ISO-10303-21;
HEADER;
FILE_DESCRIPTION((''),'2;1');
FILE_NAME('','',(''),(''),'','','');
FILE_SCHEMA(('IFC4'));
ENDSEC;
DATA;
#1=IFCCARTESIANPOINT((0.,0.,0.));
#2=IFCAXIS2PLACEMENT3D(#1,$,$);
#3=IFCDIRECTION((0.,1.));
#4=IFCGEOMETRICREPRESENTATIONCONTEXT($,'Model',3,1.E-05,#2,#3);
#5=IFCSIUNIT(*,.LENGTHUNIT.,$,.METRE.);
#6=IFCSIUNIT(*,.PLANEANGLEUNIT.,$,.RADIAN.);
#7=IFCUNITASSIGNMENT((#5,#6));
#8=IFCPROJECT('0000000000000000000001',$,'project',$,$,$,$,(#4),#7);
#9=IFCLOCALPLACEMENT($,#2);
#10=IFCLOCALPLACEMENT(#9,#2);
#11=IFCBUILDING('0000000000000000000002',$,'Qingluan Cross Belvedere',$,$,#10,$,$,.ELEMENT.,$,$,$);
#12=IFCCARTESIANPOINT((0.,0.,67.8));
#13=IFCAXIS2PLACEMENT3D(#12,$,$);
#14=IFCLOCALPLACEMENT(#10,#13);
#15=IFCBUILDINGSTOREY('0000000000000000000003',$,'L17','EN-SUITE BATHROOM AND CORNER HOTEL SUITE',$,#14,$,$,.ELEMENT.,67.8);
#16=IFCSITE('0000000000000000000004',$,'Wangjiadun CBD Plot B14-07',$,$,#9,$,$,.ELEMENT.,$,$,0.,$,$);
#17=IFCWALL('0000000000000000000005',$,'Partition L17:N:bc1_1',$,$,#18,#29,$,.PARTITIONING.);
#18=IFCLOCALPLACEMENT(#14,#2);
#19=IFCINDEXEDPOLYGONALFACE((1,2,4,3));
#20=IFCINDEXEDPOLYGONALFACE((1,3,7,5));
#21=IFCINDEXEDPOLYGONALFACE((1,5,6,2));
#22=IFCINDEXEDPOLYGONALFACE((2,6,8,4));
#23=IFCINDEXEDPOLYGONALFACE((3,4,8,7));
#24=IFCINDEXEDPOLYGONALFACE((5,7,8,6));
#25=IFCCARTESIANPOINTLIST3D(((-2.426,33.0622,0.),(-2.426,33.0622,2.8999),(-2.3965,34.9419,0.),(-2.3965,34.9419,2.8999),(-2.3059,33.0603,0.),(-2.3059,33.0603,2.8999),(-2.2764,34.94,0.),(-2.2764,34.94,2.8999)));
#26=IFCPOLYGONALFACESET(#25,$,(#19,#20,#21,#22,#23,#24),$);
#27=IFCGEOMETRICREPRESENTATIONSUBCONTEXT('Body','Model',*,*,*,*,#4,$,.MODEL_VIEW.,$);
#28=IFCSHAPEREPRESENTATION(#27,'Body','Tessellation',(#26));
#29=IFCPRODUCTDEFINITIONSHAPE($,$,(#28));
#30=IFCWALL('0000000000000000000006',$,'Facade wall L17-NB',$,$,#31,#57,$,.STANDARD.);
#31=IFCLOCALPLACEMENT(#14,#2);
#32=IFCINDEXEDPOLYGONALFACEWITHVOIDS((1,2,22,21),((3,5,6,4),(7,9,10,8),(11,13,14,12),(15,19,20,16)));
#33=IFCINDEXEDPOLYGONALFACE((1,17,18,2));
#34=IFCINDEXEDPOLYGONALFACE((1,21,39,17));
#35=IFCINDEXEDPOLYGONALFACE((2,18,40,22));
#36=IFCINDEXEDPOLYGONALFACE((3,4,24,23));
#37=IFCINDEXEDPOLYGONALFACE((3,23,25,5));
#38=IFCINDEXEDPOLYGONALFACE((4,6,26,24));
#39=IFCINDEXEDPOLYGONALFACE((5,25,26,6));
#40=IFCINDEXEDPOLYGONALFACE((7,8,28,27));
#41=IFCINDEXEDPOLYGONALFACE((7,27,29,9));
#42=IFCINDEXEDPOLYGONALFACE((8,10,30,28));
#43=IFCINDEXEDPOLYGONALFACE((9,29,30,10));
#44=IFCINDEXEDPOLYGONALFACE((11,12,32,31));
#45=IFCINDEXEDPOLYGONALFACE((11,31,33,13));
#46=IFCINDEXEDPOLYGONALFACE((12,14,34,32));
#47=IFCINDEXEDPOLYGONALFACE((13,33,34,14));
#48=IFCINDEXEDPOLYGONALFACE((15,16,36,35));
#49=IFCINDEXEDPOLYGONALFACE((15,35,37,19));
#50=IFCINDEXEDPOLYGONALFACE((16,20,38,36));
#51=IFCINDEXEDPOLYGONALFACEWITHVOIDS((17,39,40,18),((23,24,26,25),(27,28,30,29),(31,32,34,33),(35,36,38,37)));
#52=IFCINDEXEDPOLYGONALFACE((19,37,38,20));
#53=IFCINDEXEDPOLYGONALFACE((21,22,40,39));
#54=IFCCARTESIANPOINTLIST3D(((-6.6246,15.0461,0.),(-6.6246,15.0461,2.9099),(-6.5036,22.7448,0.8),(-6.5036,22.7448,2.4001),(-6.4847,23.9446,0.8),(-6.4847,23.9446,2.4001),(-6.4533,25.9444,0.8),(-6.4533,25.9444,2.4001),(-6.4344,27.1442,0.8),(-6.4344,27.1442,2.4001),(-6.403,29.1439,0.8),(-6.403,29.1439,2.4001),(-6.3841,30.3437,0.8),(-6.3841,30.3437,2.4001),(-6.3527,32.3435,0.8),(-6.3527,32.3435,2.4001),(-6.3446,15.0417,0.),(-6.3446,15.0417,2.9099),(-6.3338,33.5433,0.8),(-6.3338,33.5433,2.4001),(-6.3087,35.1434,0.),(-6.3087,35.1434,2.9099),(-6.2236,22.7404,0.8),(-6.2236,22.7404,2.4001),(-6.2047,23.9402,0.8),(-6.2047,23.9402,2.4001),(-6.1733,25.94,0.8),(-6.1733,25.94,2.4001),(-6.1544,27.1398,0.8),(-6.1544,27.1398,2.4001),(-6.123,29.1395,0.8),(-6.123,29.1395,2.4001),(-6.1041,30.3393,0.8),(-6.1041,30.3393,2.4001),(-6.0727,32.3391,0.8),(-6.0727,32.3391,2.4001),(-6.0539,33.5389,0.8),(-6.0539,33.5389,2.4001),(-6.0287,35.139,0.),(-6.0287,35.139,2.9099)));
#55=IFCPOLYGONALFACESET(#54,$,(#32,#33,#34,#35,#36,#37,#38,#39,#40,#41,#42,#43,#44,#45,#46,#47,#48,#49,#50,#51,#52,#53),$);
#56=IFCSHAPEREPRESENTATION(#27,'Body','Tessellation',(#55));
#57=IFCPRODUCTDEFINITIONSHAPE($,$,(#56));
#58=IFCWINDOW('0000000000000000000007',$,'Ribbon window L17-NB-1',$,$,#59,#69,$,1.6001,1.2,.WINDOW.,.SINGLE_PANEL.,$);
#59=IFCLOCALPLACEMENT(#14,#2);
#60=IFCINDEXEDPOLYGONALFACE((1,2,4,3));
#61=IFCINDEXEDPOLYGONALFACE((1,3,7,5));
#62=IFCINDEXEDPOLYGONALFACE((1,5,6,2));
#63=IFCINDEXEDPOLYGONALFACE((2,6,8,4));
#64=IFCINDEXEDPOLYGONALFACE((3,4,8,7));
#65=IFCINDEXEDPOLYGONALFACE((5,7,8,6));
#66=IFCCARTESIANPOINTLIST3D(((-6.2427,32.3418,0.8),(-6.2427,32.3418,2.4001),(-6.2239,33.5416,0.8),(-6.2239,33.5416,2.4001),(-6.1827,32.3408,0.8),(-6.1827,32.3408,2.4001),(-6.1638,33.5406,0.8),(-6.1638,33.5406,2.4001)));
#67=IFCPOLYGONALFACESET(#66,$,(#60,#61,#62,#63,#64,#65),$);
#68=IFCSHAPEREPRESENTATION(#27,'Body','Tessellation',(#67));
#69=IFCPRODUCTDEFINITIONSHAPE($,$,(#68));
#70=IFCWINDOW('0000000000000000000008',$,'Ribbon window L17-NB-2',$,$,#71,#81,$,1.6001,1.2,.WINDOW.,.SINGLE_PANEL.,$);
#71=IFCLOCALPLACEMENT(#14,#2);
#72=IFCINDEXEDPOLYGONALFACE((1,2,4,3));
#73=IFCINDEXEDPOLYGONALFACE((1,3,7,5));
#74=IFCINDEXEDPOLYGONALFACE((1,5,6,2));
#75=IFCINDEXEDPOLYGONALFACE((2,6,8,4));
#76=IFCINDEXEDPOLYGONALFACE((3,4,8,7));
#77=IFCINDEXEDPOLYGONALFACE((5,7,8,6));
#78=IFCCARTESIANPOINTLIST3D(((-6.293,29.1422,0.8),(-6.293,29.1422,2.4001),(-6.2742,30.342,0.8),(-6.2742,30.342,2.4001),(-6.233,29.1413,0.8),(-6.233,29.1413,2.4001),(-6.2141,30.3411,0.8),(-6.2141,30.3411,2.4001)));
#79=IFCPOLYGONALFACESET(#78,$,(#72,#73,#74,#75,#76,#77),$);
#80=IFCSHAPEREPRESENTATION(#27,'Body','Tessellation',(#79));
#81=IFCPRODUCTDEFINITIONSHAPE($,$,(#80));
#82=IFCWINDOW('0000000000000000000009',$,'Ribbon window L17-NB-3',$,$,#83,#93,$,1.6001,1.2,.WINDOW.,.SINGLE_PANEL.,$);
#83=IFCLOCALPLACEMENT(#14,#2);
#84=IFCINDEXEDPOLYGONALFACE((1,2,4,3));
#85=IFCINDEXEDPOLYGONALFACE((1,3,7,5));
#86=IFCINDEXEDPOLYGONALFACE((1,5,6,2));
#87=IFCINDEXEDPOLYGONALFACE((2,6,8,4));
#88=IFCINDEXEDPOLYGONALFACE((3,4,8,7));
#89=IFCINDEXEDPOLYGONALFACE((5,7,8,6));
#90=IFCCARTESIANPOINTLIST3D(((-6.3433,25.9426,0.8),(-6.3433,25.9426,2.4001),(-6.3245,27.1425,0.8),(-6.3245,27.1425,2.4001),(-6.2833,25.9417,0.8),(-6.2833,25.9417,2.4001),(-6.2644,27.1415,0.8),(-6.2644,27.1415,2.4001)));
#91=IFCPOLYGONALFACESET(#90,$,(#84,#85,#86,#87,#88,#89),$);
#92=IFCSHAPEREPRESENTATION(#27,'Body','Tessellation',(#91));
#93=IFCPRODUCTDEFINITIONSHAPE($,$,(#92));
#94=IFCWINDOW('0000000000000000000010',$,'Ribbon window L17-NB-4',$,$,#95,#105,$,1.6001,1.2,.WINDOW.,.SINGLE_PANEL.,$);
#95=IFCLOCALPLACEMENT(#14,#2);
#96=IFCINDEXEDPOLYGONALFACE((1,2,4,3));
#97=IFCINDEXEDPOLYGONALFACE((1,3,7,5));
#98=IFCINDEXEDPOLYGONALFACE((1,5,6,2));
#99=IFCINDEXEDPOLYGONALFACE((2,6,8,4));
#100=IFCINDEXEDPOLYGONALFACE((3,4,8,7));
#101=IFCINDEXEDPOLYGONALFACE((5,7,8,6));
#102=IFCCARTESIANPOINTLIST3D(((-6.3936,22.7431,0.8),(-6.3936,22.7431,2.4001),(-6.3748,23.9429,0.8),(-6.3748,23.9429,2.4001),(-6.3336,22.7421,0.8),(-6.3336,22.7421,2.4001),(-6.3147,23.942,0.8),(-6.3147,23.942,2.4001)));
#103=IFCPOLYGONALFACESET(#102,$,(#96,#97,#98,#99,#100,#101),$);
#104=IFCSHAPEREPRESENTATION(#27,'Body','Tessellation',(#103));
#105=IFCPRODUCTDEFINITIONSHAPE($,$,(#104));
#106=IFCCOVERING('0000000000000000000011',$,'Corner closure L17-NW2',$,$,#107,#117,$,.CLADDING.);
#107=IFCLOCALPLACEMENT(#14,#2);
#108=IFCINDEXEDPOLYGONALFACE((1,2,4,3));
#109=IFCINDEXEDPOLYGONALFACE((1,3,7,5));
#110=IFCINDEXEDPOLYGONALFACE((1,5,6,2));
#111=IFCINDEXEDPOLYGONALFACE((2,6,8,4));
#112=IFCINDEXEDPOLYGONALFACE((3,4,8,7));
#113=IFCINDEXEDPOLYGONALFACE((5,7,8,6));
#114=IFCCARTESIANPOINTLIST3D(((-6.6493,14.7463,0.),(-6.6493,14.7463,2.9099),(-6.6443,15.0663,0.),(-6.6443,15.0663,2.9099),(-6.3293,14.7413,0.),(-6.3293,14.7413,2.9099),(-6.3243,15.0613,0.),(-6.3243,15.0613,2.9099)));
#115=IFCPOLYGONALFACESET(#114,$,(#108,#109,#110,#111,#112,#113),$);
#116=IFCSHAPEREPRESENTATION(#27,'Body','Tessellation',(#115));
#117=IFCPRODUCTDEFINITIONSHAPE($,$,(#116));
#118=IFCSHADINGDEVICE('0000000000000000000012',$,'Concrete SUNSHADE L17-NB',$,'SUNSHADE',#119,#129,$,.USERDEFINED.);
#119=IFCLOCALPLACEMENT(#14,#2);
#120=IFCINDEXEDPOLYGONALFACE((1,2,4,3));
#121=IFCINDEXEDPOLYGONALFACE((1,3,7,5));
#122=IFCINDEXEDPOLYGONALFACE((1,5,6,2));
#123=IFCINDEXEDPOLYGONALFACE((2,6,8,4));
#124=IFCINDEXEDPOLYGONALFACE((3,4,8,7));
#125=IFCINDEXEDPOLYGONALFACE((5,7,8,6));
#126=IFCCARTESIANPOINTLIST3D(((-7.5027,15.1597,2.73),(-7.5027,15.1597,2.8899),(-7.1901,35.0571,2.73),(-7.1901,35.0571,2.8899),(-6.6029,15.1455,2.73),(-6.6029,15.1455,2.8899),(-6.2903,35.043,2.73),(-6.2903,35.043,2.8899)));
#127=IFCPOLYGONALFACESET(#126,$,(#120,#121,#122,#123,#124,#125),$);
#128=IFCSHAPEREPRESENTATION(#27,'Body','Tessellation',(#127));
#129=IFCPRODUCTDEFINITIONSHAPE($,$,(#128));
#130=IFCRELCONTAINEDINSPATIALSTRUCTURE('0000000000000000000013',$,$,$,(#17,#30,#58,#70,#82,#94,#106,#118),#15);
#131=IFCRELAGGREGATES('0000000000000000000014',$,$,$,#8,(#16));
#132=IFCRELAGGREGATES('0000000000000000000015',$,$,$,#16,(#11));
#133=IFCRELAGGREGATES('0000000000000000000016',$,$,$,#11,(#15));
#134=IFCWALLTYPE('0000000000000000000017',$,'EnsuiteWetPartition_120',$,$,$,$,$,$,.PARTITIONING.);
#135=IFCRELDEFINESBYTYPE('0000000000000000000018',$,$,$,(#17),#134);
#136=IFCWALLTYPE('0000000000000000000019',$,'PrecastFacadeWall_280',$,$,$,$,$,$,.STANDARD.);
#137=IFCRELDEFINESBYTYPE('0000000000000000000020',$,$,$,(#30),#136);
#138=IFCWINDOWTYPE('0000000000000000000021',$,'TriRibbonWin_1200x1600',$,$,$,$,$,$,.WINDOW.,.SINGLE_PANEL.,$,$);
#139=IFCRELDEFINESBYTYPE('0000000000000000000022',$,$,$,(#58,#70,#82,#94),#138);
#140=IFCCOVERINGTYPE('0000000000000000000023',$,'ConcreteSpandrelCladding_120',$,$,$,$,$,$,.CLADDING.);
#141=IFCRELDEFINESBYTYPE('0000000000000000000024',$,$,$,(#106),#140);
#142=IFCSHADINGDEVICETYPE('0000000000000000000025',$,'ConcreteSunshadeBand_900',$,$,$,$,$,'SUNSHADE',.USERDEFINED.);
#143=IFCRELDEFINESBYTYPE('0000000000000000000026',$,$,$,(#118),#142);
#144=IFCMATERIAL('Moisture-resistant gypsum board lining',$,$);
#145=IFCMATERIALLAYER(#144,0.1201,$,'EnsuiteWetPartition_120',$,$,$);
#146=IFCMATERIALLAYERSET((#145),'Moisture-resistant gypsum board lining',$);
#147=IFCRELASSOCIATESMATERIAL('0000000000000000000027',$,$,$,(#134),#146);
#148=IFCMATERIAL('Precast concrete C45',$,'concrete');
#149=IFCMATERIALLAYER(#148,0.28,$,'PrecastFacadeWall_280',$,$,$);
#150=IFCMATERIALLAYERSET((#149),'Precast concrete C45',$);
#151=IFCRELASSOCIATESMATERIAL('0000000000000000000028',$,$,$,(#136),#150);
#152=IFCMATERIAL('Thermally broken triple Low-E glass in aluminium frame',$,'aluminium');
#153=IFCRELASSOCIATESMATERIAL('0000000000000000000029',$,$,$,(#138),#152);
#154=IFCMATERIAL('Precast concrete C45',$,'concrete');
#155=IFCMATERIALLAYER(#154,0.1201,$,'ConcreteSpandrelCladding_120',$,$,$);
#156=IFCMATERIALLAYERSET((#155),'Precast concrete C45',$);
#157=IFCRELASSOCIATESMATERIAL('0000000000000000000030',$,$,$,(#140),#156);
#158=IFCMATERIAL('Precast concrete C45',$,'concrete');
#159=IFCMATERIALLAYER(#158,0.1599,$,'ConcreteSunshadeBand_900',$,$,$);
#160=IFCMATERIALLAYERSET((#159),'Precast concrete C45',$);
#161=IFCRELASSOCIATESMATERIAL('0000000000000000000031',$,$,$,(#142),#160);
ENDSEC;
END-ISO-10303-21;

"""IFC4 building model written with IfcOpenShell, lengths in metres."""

from ifc_helpers import new_model, si_unit, direction, frame, frame_2d, origin, origin_2d, place, context, subcontext, project, spatial, rectangle, extrude, material, layer, layer_set, type_object, element, fill, save


model = new_model("IFC4")

# Units and contexts
model_context = context("Model", 3, precision=1e-05, world=origin(), true_north=direction((0.0, 1.0)))
body_context = subcontext(model_context, "Body", "Model", "MODEL_VIEW")
ifc_project = project(units=[si_unit("LENGTHUNIT", "METRE"), si_unit("PLANEANGLEUNIT", "RADIAN")], contexts=[model_context])

# Site, building, storey
site_placement = place(None, origin())
site = spatial("IfcSite", under=ifc_project, at=site_placement, Name="Wangjiadun CBD Plot B14-07", CompositionType="ELEMENT", RefElevation=0.0)
building_placement = place(site_placement, origin())
building = spatial("IfcBuilding", under=site, at=building_placement, Name="Qingluan Cross Belvedere", CompositionType="ELEMENT")
storey_placement = place(building_placement, frame((0.0, 0.0, 67.8)))
storey = spatial("IfcBuildingStorey", under=building, at=storey_placement, Name="L17", Description="EN-SUITE BATHROOM AND CORNER HOTEL SUITE", CompositionType="ELEMENT", Elevation=67.8)

# Shared definitions
ifc_material_1 = material(Name="Moisture-resistant gypsum board lining")
ifc_layer_1 = layer(ifc_material_1, 0.1201, Name="EnsuiteWetPartition_120")
ifc_layer_set_1 = layer_set([ifc_layer_1], Name="Moisture-resistant gypsum board lining")
wall_type_1 = type_object("IfcWallType", Name="EnsuiteWetPartition_120", PredefinedType="PARTITIONING", material=ifc_layer_set_1)

# Wall
wall_1_placement = place(storey_placement, frame((-2.366, 33.0613, 0.0), z_axis=(0.0, 0.0, 1.0), x_axis=(0.015714, 0.999877, 0.0)))
element("IfcWall", 1, at=wall_1_placement, inside=storey, type_object=wall_type_1, Name="Partition L17:N:bc1_1", PredefinedType="PARTITIONING", context=body_context, shape_type="SweptSolid", body=[
    extrude(rectangle(XDim=1.8799, YDim=0.1201, at=frame_2d((0.9399, 0.0))), origin(), (0.0, 0.0, 1.0), 2.8999),
])

# Wall, openings, windows
ifc_material_2 = material(Name="Precast concrete C45", Category="concrete")
ifc_layer_2 = layer(ifc_material_2, 0.28, Name="PrecastFacadeWall_280")
ifc_layer_set_2 = layer_set([ifc_layer_2], Name="Precast concrete C45")
wall_type_2 = type_object("IfcWallType", Name="PrecastFacadeWall_280", PredefinedType="STANDARD", material=ifc_layer_set_2)
wall_2_placement = place(storey_placement, frame((-6.1687, 35.1411, 0.0), z_axis=(0.0, 0.0, 1.0), x_axis=(-0.015717, -0.999876, 0.0)))
wall_2 = element("IfcWall", 2, at=wall_2_placement, inside=storey, type_object=wall_type_2, Name="Facade wall L17-NB", PredefinedType="STANDARD", context=body_context, shape_type="SweptSolid", body=[
    extrude(rectangle(XDim=20.0999, YDim=0.28, at=frame_2d((10.0498, 0.0))), origin(), (0.0, 0.0, 1.0), 2.9099),
])
opening_1_placement = place(wall_2_placement, frame((1.6001, 0.0, 0.8)))
opening_1 = element("IfcOpeningElement", 3, at=opening_1_placement, cuts=wall_2, PredefinedType="OPENING", context=body_context, shape_type="SweptSolid", body=[
    extrude(rectangle(XDim=1.2, YDim=1.6001, at=frame_2d((0.6001, 0.8))), frame((0.0, 0.1499, 0.0), z_axis=(0.0, -1.0, 0.0), x_axis=(1.0, 0.0, 0.0)), (0.0, 0.0, 1.0), 0.3),
])
opening_2_placement = place(wall_2_placement, frame((4.8, 0.0, 0.8)))
opening_2 = element("IfcOpeningElement", 4, at=opening_2_placement, cuts=wall_2, PredefinedType="OPENING", context=body_context, shape_type="SweptSolid", body=[
    extrude(rectangle(XDim=1.2, YDim=1.6001, at=frame_2d((0.6001, 0.8))), frame((0.0, 0.1499, 0.0), z_axis=(0.0, -1.0, 0.0), x_axis=(1.0, 0.0, 0.0)), (0.0, 0.0, 1.0), 0.3),
])
opening_3_placement = place(wall_2_placement, frame((8.0, 0.0, 0.8)))
opening_3 = element("IfcOpeningElement", 5, at=opening_3_placement, cuts=wall_2, PredefinedType="OPENING", context=body_context, shape_type="SweptSolid", body=[
    extrude(rectangle(XDim=1.2, YDim=1.6001, at=frame_2d((0.6001, 0.8))), frame((0.0, 0.1499, 0.0), z_axis=(0.0, -1.0, 0.0), x_axis=(1.0, 0.0, 0.0)), (0.0, 0.0, 1.0), 0.3),
])
opening_4_placement = place(wall_2_placement, frame((11.2, 0.0, 0.8)))
opening_4 = element("IfcOpeningElement", 6, at=opening_4_placement, cuts=wall_2, PredefinedType="OPENING", context=body_context, shape_type="SweptSolid", body=[
    extrude(rectangle(XDim=1.2, YDim=1.6001, at=frame_2d((0.6001, 0.8))), frame((0.0, 0.1499, 0.0), z_axis=(0.0, -1.0, 0.0), x_axis=(1.0, 0.0, 0.0)), (0.0, 0.0, 1.0), 0.3),
])
ifc_material_3 = material(Name="Thermally broken triple Low-E glass in aluminium frame", Category="aluminium")
window_type = type_object("IfcWindowType", Name="TriRibbonWin_1200x1600", PartitioningType="SINGLE_PANEL", PredefinedType="WINDOW", material=ifc_material_3)
window_1_placement = place(opening_1_placement, origin())
window_1 = element("IfcWindow", 7, at=window_1_placement, inside=storey, type_object=window_type, Name="Ribbon window L17-NB-1", OverallHeight=1.6001, OverallWidth=1.2, PartitioningType="SINGLE_PANEL", PredefinedType="WINDOW", context=body_context, shape_type="SweptSolid", body=[
    extrude(rectangle(XDim=1.2, YDim=1.6001, at=frame_2d((0.6001, 0.8))), frame((0.0, 0.03, 0.0), z_axis=(0.0, -1.0, 0.0), x_axis=(1.0, 0.0, 0.0)), (0.0, 0.0, 1.0), 0.0601),
])
fill(opening_1, window_1)
window_2_placement = place(opening_2_placement, origin())
window_2 = element("IfcWindow", 8, at=window_2_placement, inside=storey, type_object=window_type, Name="Ribbon window L17-NB-2", OverallHeight=1.6001, OverallWidth=1.2, PartitioningType="SINGLE_PANEL", PredefinedType="WINDOW", context=body_context, shape_type="SweptSolid", body=[
    extrude(rectangle(XDim=1.2, YDim=1.6001, at=frame_2d((0.6001, 0.8))), frame((0.0, 0.03, 0.0), z_axis=(0.0, -1.0, 0.0), x_axis=(1.0, 0.0, 0.0)), (0.0, 0.0, 1.0), 0.0601),
])
fill(opening_2, window_2)
window_3_placement = place(opening_3_placement, origin())
window_3 = element("IfcWindow", 9, at=window_3_placement, inside=storey, type_object=window_type, Name="Ribbon window L17-NB-3", OverallHeight=1.6001, OverallWidth=1.2, PartitioningType="SINGLE_PANEL", PredefinedType="WINDOW", context=body_context, shape_type="SweptSolid", body=[
    extrude(rectangle(XDim=1.2, YDim=1.6001, at=frame_2d((0.6001, 0.8))), frame((0.0, 0.03, 0.0), z_axis=(0.0, -1.0, 0.0), x_axis=(1.0, 0.0, 0.0)), (0.0, 0.0, 1.0), 0.0601),
])
fill(opening_3, window_3)
window_4_placement = place(opening_4_placement, origin())
window_4 = element("IfcWindow", 10, at=window_4_placement, inside=storey, type_object=window_type, Name="Ribbon window L17-NB-4", OverallHeight=1.6001, OverallWidth=1.2, PartitioningType="SINGLE_PANEL", PredefinedType="WINDOW", context=body_context, shape_type="SweptSolid", body=[
    extrude(rectangle(XDim=1.2, YDim=1.6001, at=frame_2d((0.6001, 0.8))), frame((0.0, 0.03, 0.0), z_axis=(0.0, -1.0, 0.0), x_axis=(1.0, 0.0, 0.0)), (0.0, 0.0, 1.0), 0.0601),
])
fill(opening_4, window_4)

# Covering
ifc_material_4 = material(Name="Precast concrete C45", Category="concrete")
ifc_layer_3 = layer(ifc_material_4, 0.1201, Name="ConcreteSpandrelCladding_120")
ifc_layer_set_3 = layer_set([ifc_layer_3], Name="Precast concrete C45")
covering_type = type_object("IfcCoveringType", Name="ConcreteSpandrelCladding_120", PredefinedType="CLADDING", material=ifc_layer_set_3)
covering_placement = place(storey_placement, frame((-6.4868, 14.9038, 0.0), z_axis=(0.0, 0.0, 1.0), x_axis=(0.999877, -0.015707, 0.0)))
element("IfcCovering", 11, at=covering_placement, inside=storey, type_object=covering_type, Name="Corner closure L17-NW2", PredefinedType="CLADDING", context=body_context, shape_type="SweptSolid", body=[
    extrude(rectangle(XDim=0.3201, YDim=0.3201, at=origin_2d()), origin(), (0.0, 0.0, 1.0), 2.9099),
])

# Shading device
ifc_material_5 = material(Name="Precast concrete C45", Category="concrete")
ifc_layer_4 = layer(ifc_material_5, 0.1599, Name="ConcreteSunshadeBand_900")
ifc_layer_set_4 = layer_set([ifc_layer_4], Name="Precast concrete C45")
shading_device_type = type_object("IfcShadingDeviceType", Name="ConcreteSunshadeBand_900", ElementType="SUNSHADE", PredefinedType="USERDEFINED", material=ifc_layer_set_4)
shading_device_placement = place(storey_placement, frame((-6.8965, 25.1013, 2.73), z_axis=(0.0, 0.0, 1.0), x_axis=(-0.015706, -0.999877, 0.0)))
element("IfcShadingDevice", 12, at=shading_device_placement, inside=storey, type_object=shading_device_type, Name="Concrete SUNSHADE L17-NB", ObjectType="SUNSHADE", PredefinedType="USERDEFINED", context=body_context, shape_type="SweptSolid", body=[
    extrude(rectangle(XDim=19.8999, YDim=0.8999, at=origin_2d()), origin(), (0.0, 0.0, 1.0), 0.1599),
])

save(model, "model.ifc")
